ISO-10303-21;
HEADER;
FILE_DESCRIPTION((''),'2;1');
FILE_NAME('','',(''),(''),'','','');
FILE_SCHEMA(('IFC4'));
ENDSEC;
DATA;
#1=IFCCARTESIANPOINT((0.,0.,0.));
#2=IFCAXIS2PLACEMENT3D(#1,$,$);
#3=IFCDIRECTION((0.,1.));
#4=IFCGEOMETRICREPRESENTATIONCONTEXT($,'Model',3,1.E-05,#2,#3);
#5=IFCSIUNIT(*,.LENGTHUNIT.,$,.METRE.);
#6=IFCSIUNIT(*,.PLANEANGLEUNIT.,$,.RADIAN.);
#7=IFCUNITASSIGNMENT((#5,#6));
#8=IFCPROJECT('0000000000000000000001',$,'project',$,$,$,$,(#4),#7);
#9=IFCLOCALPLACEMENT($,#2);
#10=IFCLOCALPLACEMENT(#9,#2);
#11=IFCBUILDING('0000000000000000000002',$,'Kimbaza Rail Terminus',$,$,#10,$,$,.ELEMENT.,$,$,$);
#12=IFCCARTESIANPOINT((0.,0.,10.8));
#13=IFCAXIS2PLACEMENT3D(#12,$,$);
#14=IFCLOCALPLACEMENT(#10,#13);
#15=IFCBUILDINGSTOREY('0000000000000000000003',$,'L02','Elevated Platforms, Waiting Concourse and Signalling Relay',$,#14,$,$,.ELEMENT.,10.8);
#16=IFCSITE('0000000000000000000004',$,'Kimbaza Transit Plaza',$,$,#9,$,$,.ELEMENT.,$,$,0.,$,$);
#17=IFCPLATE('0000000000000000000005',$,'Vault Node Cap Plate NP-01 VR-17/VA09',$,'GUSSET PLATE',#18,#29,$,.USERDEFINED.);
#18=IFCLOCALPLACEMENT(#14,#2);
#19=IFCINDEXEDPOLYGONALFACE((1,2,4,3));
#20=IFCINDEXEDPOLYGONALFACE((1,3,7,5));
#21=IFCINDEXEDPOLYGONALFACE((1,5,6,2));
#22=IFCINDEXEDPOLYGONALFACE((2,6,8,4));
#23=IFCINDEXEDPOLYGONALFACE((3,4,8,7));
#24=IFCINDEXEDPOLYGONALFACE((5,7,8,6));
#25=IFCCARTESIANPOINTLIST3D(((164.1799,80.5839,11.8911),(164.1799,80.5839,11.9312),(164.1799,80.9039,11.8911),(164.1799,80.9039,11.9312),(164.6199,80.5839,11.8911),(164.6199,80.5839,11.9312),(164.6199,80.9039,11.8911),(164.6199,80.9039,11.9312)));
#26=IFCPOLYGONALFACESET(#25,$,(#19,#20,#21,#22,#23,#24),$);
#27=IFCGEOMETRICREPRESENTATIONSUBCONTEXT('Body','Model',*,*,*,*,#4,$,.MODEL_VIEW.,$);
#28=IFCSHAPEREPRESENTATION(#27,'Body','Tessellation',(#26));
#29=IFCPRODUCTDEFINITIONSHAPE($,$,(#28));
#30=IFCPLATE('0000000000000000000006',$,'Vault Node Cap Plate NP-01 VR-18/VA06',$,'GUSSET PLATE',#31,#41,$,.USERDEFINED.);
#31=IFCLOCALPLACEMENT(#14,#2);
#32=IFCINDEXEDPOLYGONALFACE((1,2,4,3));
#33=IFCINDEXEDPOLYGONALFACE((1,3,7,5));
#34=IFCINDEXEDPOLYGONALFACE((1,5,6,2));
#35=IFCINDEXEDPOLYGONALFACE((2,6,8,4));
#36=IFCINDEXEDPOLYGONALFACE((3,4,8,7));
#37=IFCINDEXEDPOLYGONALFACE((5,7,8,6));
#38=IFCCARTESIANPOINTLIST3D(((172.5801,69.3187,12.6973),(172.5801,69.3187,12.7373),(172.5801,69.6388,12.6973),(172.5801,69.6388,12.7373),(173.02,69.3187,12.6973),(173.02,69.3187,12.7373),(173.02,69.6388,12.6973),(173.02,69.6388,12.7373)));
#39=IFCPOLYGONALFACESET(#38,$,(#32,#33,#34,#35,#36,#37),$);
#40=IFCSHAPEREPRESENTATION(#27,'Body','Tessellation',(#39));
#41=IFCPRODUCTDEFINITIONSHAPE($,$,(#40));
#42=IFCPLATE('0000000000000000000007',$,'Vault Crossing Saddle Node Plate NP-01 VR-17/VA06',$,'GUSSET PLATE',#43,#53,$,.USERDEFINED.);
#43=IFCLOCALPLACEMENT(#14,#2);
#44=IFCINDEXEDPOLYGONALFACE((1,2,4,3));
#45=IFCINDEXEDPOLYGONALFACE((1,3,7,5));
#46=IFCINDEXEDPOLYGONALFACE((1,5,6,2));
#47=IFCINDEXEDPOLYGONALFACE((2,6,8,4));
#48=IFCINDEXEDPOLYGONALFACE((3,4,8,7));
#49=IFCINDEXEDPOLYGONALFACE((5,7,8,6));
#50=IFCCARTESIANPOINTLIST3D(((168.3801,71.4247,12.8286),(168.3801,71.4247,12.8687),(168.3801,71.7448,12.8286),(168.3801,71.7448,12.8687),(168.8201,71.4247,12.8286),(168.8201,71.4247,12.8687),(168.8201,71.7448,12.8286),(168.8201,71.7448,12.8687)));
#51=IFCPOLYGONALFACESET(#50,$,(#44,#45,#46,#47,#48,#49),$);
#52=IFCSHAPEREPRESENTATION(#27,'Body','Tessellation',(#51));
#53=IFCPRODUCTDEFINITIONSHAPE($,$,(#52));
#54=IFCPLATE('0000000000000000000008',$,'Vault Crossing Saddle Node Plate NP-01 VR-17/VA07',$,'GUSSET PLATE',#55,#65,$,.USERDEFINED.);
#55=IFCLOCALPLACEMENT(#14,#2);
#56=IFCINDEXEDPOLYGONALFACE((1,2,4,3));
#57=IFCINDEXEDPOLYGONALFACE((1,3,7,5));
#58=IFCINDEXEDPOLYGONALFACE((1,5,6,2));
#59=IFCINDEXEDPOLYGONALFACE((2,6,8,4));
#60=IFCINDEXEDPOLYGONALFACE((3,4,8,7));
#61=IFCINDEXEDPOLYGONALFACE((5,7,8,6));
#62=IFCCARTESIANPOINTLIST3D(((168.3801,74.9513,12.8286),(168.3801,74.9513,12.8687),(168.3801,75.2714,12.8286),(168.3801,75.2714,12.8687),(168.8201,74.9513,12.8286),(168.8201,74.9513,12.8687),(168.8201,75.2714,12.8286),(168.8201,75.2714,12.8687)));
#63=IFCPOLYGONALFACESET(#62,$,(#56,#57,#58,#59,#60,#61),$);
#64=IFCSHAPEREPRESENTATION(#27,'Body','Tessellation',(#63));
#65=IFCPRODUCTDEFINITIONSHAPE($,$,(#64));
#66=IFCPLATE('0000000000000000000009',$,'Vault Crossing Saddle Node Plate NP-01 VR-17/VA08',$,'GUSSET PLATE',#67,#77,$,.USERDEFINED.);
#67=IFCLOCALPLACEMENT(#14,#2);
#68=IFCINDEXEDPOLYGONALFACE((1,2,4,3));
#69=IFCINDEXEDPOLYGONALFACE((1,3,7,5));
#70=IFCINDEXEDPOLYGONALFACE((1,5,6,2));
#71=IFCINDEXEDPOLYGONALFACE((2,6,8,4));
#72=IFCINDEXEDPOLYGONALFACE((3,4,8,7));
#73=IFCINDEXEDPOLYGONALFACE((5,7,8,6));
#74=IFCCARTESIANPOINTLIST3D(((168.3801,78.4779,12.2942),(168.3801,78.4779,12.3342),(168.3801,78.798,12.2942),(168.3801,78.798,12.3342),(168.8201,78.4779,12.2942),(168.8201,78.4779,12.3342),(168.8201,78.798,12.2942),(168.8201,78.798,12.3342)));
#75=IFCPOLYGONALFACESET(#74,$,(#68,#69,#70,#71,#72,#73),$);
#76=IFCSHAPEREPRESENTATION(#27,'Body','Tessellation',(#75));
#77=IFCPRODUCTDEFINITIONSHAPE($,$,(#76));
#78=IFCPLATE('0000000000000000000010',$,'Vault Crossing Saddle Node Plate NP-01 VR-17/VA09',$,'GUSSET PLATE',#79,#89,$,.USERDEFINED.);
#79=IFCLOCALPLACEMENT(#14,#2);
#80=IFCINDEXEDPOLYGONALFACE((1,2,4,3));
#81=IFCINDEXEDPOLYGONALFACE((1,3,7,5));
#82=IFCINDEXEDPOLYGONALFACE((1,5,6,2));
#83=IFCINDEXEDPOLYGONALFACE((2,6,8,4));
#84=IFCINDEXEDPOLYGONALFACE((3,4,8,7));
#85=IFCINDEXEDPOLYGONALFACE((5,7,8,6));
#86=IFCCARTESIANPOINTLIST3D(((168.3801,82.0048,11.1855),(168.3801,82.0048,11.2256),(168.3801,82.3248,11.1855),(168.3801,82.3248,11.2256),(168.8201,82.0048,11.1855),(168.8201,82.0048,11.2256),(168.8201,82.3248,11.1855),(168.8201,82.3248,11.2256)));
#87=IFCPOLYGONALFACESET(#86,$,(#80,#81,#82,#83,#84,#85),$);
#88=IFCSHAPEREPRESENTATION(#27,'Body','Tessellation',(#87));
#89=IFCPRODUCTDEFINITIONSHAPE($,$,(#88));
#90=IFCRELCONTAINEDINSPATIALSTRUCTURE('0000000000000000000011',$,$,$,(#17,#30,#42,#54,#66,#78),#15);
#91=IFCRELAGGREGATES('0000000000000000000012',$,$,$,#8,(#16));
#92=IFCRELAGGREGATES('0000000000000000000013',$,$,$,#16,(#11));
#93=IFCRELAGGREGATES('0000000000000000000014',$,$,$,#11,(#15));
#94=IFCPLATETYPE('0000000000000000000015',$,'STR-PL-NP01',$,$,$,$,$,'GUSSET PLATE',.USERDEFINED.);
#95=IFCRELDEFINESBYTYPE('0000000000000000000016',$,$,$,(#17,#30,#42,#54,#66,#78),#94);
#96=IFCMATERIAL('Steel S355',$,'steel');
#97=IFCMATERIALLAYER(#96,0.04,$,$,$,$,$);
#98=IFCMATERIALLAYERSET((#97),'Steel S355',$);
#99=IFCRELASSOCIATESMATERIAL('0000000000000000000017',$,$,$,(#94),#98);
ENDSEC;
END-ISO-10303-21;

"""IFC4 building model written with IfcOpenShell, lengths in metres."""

from ifc_helpers import new_model, si_unit, direction, frame, origin, origin_2d, place, context, subcontext, project, spatial, rectangle, extrude, material, layer, layer_set, type_object, element, save


model = new_model("IFC4")

# Units and contexts
model_context = context("Model", 3, precision=1e-05, world=origin(), true_north=direction((0.0, 1.0)))
body_context = subcontext(model_context, "Body", "Model", "MODEL_VIEW")
ifc_project = project(units=[si_unit("LENGTHUNIT", "METRE"), si_unit("PLANEANGLEUNIT", "RADIAN")], contexts=[model_context])

# Site, building, storey
site_placement = place(None, origin())
site = spatial("IfcSite", under=ifc_project, at=site_placement, Name="Kimbaza Transit Plaza", CompositionType="ELEMENT", RefElevation=0.0)
building_placement = place(site_placement, origin())
building = spatial("IfcBuilding", under=site, at=building_placement, Name="Kimbaza Rail Terminus", CompositionType="ELEMENT")
storey_placement = place(building_placement, frame((0.0, 0.0, 10.8)))
storey = spatial("IfcBuildingStorey", under=building, at=storey_placement, Name="L02", Description="Elevated Platforms, Waiting Concourse and Signalling Relay", CompositionType="ELEMENT", Elevation=10.8)

# Plates
ifc_material_1 = material(Name="Steel S355", Category="steel")
ifc_layer_1 = layer(ifc_material_1, 0.04)
ifc_layer_set_1 = layer_set([ifc_layer_1], Name="Steel S355")
plate_type_1 = type_object("IfcPlateType", Name="STR-PL-NP01", ElementType="GUSSET PLATE", PredefinedType="USERDEFINED", material=ifc_layer_set_1)
for number, where, z_axis, x_axis, name in (
    (1, (164.3999, 80.7439, 11.8911), (0.0, 0.0, 1.0), (1.0, 0.0, 0.0), "Vault Node Cap Plate NP-01 VR-17/VA09"),
    (2, (172.8, 69.4788, 12.6973), (0.0, 0.0, 1.0), (1.0, 0.0, 0.0), "Vault Node Cap Plate NP-01 VR-18/VA06"),
    (3, (168.6001, 71.5847, 12.8286), (0.0, 0.0, 1.0), (1.0, 0.0, 0.0), "Vault Crossing Saddle Node Plate NP-01 VR-17/VA06"),
    (4, (168.6001, 75.1113, 12.8286), (0.0, 0.0, 1.0), (1.0, 0.0, 0.0), "Vault Crossing Saddle Node Plate NP-01 VR-17/VA07"),
    (5, (168.6001, 78.6379, 12.2942), (0.0, 0.0, 1.0), (1.0, 0.0, 0.0), "Vault Crossing Saddle Node Plate NP-01 VR-17/VA08"),
    (6, (168.6001, 82.1648, 11.1855), (0.0, 0.0, 1.0), (1.0, 0.0, 0.0), "Vault Crossing Saddle Node Plate NP-01 VR-17/VA09"),
):
    element("IfcPlate", number, at=place(storey_placement, frame(where, z_axis=z_axis, x_axis=x_axis)), inside=storey, type_object=plate_type_1, Name=name, ObjectType="GUSSET PLATE", PredefinedType="USERDEFINED", context=body_context, shape_type="SweptSolid", body=[
        extrude(rectangle(XDim=0.4399, YDim=0.3201, at=origin_2d()), origin(), (0.0, 0.0, 1.0), 0.04),
    ])

save(model, "model.ifc")
